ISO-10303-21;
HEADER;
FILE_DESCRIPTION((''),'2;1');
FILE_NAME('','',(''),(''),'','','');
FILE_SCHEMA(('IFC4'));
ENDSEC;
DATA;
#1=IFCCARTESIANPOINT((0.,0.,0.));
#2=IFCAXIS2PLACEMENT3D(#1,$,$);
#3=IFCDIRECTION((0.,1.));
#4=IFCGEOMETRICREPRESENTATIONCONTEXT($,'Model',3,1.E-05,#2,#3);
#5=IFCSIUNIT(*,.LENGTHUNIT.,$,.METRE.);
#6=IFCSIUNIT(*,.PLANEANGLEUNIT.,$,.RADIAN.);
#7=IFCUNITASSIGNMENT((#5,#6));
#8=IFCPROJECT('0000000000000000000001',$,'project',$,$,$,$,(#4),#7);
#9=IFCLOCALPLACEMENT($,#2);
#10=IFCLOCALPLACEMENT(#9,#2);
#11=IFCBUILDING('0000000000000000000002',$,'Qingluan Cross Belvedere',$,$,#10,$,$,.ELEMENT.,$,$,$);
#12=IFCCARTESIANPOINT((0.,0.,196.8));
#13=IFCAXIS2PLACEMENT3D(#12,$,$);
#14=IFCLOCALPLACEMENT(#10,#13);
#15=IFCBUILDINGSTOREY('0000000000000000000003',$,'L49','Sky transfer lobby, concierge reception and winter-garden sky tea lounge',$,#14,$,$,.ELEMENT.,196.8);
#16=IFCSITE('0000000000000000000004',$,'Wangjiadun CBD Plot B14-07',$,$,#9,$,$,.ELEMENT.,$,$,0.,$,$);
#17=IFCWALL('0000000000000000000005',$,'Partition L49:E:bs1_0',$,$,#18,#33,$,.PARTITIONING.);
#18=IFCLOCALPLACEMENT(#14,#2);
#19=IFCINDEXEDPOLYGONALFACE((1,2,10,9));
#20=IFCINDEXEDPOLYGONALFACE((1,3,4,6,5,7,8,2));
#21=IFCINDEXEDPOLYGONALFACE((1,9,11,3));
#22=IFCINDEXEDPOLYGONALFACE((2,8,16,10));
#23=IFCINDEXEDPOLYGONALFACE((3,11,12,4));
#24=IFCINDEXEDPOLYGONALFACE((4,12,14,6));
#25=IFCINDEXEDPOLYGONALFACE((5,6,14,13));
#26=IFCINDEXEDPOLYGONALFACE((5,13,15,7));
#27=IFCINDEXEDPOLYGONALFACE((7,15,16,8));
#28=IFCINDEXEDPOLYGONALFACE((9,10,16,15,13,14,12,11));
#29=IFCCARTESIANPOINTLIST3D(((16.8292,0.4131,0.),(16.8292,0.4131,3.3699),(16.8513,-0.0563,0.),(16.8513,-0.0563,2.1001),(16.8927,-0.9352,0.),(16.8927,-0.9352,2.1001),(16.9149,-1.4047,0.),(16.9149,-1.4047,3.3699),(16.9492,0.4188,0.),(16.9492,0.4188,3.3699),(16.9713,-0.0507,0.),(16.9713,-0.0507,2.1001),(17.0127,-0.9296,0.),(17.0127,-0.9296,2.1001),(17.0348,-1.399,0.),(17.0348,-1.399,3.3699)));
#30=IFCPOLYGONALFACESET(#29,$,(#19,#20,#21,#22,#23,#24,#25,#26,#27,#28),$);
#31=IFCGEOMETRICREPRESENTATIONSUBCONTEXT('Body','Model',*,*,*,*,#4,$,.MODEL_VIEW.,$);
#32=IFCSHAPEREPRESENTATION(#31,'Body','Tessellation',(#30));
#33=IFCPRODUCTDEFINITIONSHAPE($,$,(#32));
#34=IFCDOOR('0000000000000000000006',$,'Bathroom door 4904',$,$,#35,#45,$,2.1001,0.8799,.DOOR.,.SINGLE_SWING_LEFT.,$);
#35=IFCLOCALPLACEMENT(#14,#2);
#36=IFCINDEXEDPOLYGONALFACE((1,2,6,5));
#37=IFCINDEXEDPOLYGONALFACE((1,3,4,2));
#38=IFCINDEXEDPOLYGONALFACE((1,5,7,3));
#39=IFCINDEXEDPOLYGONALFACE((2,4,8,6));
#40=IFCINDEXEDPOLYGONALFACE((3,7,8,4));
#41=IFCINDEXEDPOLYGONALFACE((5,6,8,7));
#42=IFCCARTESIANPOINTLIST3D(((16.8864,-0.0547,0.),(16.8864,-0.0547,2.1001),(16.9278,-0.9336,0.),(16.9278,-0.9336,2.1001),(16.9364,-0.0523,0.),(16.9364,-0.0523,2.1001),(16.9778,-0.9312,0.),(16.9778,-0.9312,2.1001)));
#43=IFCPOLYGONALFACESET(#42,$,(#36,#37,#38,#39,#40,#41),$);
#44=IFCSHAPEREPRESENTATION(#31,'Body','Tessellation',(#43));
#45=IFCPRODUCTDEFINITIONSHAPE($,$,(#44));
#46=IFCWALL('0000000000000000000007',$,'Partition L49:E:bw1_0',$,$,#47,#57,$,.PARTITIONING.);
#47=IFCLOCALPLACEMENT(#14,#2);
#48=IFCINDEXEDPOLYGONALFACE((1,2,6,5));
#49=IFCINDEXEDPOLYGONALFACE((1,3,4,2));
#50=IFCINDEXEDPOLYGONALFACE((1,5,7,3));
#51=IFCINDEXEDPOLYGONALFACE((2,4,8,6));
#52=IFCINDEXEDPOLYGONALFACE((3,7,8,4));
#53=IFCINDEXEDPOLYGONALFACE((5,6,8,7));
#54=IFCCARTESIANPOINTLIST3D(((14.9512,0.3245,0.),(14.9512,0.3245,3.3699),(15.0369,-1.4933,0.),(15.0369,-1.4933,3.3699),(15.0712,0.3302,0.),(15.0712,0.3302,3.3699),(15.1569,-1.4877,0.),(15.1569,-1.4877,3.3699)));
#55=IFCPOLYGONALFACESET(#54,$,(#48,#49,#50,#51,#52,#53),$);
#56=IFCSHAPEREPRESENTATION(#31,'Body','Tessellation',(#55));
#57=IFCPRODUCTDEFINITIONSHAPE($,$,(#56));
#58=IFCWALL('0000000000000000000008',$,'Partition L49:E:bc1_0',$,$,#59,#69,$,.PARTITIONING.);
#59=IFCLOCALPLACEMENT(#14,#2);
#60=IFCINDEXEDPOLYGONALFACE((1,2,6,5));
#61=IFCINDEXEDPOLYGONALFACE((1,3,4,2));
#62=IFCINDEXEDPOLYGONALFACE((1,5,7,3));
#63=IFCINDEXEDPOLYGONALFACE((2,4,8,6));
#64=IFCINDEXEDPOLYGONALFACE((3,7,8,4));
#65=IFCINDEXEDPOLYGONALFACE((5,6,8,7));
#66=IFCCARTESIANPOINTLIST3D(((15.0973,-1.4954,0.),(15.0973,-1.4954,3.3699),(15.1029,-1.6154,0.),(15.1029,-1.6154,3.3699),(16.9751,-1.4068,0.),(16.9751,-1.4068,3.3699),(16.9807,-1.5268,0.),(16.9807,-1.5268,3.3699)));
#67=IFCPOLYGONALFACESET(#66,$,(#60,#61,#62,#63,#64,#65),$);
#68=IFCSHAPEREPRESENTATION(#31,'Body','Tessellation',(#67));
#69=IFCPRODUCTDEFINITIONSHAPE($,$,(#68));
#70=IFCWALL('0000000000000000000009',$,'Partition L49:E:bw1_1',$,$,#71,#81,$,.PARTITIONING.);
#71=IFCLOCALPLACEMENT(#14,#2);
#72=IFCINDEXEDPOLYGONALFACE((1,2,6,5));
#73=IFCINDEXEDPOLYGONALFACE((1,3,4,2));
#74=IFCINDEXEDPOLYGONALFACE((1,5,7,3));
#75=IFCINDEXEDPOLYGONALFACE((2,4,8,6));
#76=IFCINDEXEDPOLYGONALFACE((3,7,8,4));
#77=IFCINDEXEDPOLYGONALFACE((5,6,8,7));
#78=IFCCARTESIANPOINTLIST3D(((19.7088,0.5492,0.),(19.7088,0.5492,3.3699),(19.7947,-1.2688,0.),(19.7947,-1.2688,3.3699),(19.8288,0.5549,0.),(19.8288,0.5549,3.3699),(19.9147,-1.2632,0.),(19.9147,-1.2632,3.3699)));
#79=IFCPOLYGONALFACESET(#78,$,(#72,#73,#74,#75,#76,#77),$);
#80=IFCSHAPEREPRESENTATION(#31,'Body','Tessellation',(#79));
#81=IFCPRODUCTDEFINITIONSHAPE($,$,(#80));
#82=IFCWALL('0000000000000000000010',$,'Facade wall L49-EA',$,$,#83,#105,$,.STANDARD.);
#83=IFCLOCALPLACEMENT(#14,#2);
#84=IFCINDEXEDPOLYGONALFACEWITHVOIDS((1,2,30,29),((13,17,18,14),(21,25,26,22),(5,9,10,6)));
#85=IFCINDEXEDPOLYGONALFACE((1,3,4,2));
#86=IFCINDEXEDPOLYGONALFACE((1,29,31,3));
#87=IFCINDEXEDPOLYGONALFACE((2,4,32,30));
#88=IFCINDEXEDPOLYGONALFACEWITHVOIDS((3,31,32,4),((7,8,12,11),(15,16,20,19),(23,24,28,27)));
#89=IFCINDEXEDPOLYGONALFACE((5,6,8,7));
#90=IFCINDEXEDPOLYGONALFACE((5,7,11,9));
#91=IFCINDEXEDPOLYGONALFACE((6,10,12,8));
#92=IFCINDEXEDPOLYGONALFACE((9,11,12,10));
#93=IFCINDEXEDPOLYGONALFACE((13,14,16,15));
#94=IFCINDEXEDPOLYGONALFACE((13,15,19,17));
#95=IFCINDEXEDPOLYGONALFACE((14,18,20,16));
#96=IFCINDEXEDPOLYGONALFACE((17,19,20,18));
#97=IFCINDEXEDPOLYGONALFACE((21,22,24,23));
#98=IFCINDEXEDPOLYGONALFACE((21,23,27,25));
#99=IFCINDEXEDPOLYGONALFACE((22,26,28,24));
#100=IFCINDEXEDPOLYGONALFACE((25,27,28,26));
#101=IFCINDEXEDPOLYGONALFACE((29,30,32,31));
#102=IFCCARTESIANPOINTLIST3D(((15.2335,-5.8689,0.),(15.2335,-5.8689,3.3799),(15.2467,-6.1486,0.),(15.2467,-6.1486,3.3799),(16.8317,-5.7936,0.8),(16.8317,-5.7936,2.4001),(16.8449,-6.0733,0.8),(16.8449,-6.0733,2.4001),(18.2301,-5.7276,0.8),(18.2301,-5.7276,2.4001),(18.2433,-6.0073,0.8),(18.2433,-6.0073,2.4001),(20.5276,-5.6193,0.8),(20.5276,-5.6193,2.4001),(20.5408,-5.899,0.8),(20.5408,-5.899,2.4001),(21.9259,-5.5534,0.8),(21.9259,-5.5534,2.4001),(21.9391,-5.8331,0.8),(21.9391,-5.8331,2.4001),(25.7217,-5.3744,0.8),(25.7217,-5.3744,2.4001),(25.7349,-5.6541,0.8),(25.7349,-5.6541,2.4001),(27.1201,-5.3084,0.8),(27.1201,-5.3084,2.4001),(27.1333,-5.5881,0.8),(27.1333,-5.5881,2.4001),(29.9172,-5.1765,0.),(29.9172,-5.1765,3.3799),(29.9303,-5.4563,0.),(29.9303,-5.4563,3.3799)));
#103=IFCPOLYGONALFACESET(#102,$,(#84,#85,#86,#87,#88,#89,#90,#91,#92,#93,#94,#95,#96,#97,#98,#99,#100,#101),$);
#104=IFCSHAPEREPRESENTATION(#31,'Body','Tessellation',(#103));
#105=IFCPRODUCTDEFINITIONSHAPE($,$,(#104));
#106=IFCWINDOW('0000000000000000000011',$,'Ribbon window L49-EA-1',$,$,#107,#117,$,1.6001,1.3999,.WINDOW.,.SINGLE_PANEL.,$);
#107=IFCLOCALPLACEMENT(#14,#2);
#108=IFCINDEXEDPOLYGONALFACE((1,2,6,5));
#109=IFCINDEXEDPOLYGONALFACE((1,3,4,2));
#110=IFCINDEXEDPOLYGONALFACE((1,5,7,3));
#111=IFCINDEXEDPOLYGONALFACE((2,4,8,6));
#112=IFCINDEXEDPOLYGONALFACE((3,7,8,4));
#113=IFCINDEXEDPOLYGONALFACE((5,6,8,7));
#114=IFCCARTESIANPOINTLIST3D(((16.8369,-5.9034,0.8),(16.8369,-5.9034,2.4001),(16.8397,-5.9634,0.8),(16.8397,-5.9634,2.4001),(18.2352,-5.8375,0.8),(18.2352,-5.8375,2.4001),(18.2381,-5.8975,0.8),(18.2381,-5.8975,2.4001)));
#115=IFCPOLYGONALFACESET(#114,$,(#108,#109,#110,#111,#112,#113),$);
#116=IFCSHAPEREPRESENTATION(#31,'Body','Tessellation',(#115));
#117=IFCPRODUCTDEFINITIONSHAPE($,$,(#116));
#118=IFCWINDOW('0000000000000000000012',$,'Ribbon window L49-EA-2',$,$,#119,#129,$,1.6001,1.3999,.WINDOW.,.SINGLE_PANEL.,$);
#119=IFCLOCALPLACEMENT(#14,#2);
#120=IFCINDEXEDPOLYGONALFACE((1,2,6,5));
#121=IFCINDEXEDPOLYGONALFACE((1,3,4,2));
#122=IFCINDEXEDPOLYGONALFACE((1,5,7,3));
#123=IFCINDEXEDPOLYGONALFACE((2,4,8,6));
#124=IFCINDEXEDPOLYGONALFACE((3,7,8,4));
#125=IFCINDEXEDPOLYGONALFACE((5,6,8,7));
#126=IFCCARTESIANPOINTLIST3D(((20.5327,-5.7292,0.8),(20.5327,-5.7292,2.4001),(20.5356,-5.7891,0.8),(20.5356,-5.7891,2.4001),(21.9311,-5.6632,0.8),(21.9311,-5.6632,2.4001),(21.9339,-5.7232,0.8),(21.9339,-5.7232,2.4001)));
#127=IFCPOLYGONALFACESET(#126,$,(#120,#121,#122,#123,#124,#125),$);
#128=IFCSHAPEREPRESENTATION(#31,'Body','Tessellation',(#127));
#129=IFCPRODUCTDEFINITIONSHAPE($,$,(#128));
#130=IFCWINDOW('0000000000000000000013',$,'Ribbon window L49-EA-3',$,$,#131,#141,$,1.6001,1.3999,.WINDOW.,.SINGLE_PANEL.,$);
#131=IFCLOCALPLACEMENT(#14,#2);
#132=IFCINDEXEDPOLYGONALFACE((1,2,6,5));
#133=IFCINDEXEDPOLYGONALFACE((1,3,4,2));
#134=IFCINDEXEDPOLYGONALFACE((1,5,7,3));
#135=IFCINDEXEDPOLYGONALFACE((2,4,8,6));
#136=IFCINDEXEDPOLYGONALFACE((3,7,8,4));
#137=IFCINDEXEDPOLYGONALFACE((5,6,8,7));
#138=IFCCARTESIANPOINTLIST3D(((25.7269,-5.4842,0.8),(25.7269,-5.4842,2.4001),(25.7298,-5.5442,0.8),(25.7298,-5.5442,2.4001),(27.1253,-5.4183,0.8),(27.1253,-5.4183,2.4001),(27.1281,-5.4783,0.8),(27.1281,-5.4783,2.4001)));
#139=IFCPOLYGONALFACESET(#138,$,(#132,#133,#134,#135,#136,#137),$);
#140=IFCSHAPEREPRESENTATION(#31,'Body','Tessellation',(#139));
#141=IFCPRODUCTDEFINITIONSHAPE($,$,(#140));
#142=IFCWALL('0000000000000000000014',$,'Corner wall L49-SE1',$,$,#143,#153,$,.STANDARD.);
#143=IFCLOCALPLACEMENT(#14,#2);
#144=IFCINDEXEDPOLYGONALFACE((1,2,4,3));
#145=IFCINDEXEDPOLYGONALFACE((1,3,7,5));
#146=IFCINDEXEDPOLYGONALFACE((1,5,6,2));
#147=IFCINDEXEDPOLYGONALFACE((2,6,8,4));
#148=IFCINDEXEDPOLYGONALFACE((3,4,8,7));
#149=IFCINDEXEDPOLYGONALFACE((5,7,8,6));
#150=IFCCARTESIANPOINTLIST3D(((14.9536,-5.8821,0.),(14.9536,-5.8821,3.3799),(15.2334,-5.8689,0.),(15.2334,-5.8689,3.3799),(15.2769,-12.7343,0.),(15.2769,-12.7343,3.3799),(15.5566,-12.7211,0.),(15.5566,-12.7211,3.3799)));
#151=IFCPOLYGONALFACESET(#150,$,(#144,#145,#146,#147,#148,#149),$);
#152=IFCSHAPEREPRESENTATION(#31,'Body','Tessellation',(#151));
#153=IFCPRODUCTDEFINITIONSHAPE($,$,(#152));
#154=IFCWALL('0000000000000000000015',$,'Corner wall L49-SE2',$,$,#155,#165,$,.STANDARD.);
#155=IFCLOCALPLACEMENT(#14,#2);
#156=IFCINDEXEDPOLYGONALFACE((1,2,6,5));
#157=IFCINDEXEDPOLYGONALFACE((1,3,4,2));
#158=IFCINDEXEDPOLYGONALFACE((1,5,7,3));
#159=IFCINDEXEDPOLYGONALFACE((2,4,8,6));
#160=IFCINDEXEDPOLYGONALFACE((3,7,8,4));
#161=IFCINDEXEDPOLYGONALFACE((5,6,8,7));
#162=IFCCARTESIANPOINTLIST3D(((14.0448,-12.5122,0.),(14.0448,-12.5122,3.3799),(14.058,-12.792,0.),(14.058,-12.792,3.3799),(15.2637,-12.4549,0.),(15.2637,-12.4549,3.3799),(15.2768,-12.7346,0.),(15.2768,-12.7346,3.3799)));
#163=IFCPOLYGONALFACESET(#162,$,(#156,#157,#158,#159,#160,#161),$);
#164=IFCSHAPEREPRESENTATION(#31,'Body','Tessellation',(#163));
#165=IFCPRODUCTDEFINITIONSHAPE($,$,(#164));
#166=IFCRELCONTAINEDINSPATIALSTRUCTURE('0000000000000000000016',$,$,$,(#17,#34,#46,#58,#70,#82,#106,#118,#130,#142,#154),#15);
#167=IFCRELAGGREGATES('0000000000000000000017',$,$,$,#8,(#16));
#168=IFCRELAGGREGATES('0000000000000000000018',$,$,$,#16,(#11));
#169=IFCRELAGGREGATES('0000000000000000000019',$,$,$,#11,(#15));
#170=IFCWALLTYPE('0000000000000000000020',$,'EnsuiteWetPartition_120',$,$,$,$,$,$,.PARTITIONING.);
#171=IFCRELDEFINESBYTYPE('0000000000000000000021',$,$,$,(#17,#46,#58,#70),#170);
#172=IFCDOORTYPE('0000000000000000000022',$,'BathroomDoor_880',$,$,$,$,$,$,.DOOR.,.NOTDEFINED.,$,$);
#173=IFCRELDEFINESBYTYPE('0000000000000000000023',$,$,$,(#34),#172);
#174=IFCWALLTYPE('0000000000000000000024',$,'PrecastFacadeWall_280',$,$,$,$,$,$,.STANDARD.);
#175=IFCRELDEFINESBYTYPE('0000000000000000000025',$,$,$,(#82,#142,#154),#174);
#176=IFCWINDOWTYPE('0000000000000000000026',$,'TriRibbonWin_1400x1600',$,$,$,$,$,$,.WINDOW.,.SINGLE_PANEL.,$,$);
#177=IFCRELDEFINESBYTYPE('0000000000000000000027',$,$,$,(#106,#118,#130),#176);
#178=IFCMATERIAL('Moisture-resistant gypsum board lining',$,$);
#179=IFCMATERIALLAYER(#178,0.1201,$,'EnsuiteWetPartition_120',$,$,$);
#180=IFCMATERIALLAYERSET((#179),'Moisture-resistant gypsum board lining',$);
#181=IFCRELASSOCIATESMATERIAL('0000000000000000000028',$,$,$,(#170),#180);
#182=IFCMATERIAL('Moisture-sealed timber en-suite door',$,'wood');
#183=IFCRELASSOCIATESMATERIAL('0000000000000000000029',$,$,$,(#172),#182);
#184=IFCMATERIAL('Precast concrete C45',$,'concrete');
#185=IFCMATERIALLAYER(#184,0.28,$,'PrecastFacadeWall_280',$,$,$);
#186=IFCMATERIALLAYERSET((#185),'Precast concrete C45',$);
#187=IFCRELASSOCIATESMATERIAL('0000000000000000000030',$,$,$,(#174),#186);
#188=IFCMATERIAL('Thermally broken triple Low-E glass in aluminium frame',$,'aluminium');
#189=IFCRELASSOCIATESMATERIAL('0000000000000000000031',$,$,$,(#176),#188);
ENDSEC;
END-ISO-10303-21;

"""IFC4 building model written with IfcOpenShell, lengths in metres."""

from ifc_helpers import new_model, si_unit, direction, frame, frame_2d, origin, place, context, subcontext, project, spatial, rectangle, extrude, material, layer, layer_set, type_object, element, fill, save


model = new_model("IFC4")

# Units and contexts
model_context = context("Model", 3, precision=1e-05, world=origin(), true_north=direction((0.0, 1.0)))
body_context = subcontext(model_context, "Body", "Model", "MODEL_VIEW")
ifc_project = project(units=[si_unit("LENGTHUNIT", "METRE"), si_unit("PLANEANGLEUNIT", "RADIAN")], contexts=[model_context])

# Site, building, storey
site_placement = place(None, origin())
site = spatial("IfcSite", under=ifc_project, at=site_placement, Name="Wangjiadun CBD Plot B14-07", CompositionType="ELEMENT", RefElevation=0.0)
building_placement = place(site_placement, origin())
building = spatial("IfcBuilding", under=site, at=building_placement, Name="Qingluan Cross Belvedere", CompositionType="ELEMENT")
storey_placement = place(building_placement, frame((0.0, 0.0, 196.8)))
storey = spatial("IfcBuildingStorey", under=building, at=storey_placement, Name="L49", Description="Sky transfer lobby, concierge reception and winter-garden sky tea lounge", CompositionType="ELEMENT", Elevation=196.8)

# Wall, opening, door
ifc_material_1 = material(Name="Moisture-resistant gypsum board lining")
ifc_layer_1 = layer(ifc_material_1, 0.1201, Name="EnsuiteWetPartition_120")
ifc_layer_set_1 = layer_set([ifc_layer_1], Name="Moisture-resistant gypsum board lining")
wall_type_1 = type_object("IfcWallType", Name="EnsuiteWetPartition_120", PredefinedType="PARTITIONING", material=ifc_layer_set_1)
wall_1_placement = place(storey_placement, frame((16.9749, -1.4019, 0.0), z_axis=(0.0, 0.0, 1.0), x_axis=(-0.047087, 0.998891, 0.0)))
wall_1 = element("IfcWall", 1, at=wall_1_placement, inside=storey, type_object=wall_type_1, Name="Partition L49:E:bs1_0", PredefinedType="PARTITIONING", context=body_context, shape_type="SweptSolid", body=[
    extrude(rectangle(XDim=1.8198, YDim=0.1201, at=frame_2d((0.9099, 0.0))), origin(), (0.0, 0.0, 1.0), 3.3699),
])
opening_1_placement = place(wall_1_placement, frame((0.47, 0.0, 0.0)))
opening_1 = element("IfcOpeningElement", 2, at=opening_1_placement, cuts=wall_1, PredefinedType="OPENING", context=body_context, shape_type="SweptSolid", body=[
    extrude(rectangle(XDim=0.8799, YDim=2.1001, at=frame_2d((0.4399, 1.05))), frame((0.0, 0.0701, 0.0), z_axis=(0.0, -1.0, 0.0), x_axis=(1.0, 0.0, 0.0)), (0.0, 0.0, 1.0), 0.1401),
])
ifc_material_2 = material(Name="Moisture-sealed timber en-suite door", Category="wood")
door_type = type_object("IfcDoorType", Name="BathroomDoor_880", OperationType="NOTDEFINED", PredefinedType="DOOR", material=ifc_material_2)
door_placement = place(opening_1_placement, origin())
door = element("IfcDoor", 3, at=door_placement, inside=storey, type_object=door_type, Name="Bathroom door 4904", OperationType="SINGLE_SWING_LEFT", OverallHeight=2.1001, OverallWidth=0.8799, PredefinedType="DOOR", context=body_context, shape_type="SweptSolid", body=[
    extrude(rectangle(XDim=0.8799, YDim=2.1001, at=frame_2d((0.4399, 1.05))), frame((0.0, 0.0249, 0.0), z_axis=(0.0, -1.0, 0.0), x_axis=(1.0, 0.0, 0.0)), (0.0, 0.0, 1.0), 0.05),
])
fill(opening_1, door)

# Walls
wall_2_placement = place(storey_placement, frame((15.0969, -1.4905, 0.0), z_axis=(0.0, 0.0, 1.0), x_axis=(-0.047087, 0.998891, 0.0)))
element("IfcWall", 4, at=wall_2_placement, inside=storey, type_object=wall_type_1, Name="Partition L49:E:bw1_0", PredefinedType="PARTITIONING", context=body_context, shape_type="SweptSolid", body=[
    extrude(rectangle(XDim=1.8198, YDim=0.1201, at=frame_2d((0.9099, 0.0))), origin(), (0.0, 0.0, 1.0), 3.3699),
])
wall_3_placement = place(storey_placement, frame((15.1001, -1.5554, 0.0), z_axis=(0.0, 0.0, 1.0), x_axis=(0.998888, 0.047146, 0.0)))
element("IfcWall", 5, at=wall_3_placement, inside=storey, type_object=wall_type_1, Name="Partition L49:E:bc1_0", PredefinedType="PARTITIONING", context=body_context, shape_type="SweptSolid", body=[
    extrude(rectangle(XDim=1.8799, YDim=0.1201, at=frame_2d((0.9399, 0.0))), origin(), (0.0, 0.0, 1.0), 3.3699),
])
wall_4_placement = place(storey_placement, frame((19.8547, -1.2661, 0.0), z_axis=(0.0, 0.0, 1.0), x_axis=(-0.047215, 0.998885, 0.0)))
element("IfcWall", 6, at=wall_4_placement, inside=storey, type_object=wall_type_1, Name="Partition L49:E:bw1_1", PredefinedType="PARTITIONING", context=body_context, shape_type="SweptSolid", body=[
    extrude(rectangle(XDim=1.8201, YDim=0.1201, at=frame_2d((0.9102, 0.0))), origin(), (0.0, 0.0, 1.0), 3.3699),
])

# Wall, openings, windows
ifc_material_3 = material(Name="Precast concrete C45", Category="concrete")
ifc_layer_2 = layer(ifc_material_3, 0.28, Name="PrecastFacadeWall_280")
ifc_layer_set_2 = layer_set([ifc_layer_2], Name="Precast concrete C45")
wall_type_2 = type_object("IfcWallType", Name="PrecastFacadeWall_280", PredefinedType="STANDARD", material=ifc_layer_set_2)
wall_5_placement = place(storey_placement, frame((15.24, -6.0088, 0.0), z_axis=(0.0, 0.0, 1.0), x_axis=(0.99889, 0.047101, 0.0)))
wall_5 = element("IfcWall", 7, at=wall_5_placement, inside=storey, type_object=wall_type_2, Name="Facade wall L49-EA", PredefinedType="STANDARD", context=body_context, shape_type="SweptSolid", body=[
    extrude(rectangle(XDim=14.7, YDim=0.28, at=frame_2d((7.3501, 0.0))), origin(), (0.0, 0.0, 1.0), 3.3799),
])
opening_2_placement = place(wall_5_placement, frame((1.6001, 0.0, 0.8)))
opening_2 = element("IfcOpeningElement", 8, at=opening_2_placement, cuts=wall_5, PredefinedType="OPENING", context=body_context, shape_type="SweptSolid", body=[
    extrude(rectangle(XDim=1.3999, YDim=1.6001, at=frame_2d((0.7, 0.8))), frame((0.0, 0.1499, 0.0), z_axis=(0.0, -1.0, 0.0), x_axis=(1.0, 0.0, 0.0)), (0.0, 0.0, 1.0), 0.3),
])
opening_3_placement = place(wall_5_placement, frame((5.3, 0.0, 0.8)))
opening_3 = element("IfcOpeningElement", 9, at=opening_3_placement, cuts=wall_5, PredefinedType="OPENING", context=body_context, shape_type="SweptSolid", body=[
    extrude(rectangle(XDim=1.3999, YDim=1.6001, at=frame_2d((0.7, 0.8))), frame((0.0, 0.1499, 0.0), z_axis=(0.0, -1.0, 0.0), x_axis=(1.0, 0.0, 0.0)), (0.0, 0.0, 1.0), 0.3),
])
opening_4_placement = place(wall_5_placement, frame((10.5, 0.0, 0.8)))
opening_4 = element("IfcOpeningElement", 10, at=opening_4_placement, cuts=wall_5, PredefinedType="OPENING", context=body_context, shape_type="SweptSolid", body=[
    extrude(rectangle(XDim=1.3999, YDim=1.6001, at=frame_2d((0.7, 0.8))), frame((0.0, 0.1499, 0.0), z_axis=(0.0, -1.0, 0.0), x_axis=(1.0, 0.0, 0.0)), (0.0, 0.0, 1.0), 0.3),
])
ifc_material_4 = material(Name="Thermally broken triple Low-E glass in aluminium frame", Category="aluminium")
window_type = type_object("IfcWindowType", Name="TriRibbonWin_1400x1600", PartitioningType="SINGLE_PANEL", PredefinedType="WINDOW", material=ifc_material_4)
window_1_placement = place(opening_2_placement, origin())
window_1 = element("IfcWindow", 11, at=window_1_placement, inside=storey, type_object=window_type, Name="Ribbon window L49-EA-1", OverallHeight=1.6001, OverallWidth=1.3999, PartitioningType="SINGLE_PANEL", PredefinedType="WINDOW", context=body_context, shape_type="SweptSolid", body=[
    extrude(rectangle(XDim=1.3999, YDim=1.6001, at=frame_2d((0.7, 0.8))), frame((0.0, 0.03, 0.0), z_axis=(0.0, -1.0, 0.0), x_axis=(1.0, 0.0, 0.0)), (0.0, 0.0, 1.0), 0.0601),
])
fill(opening_2, window_1)
window_2_placement = place(opening_3_placement, origin())
window_2 = element("IfcWindow", 12, at=window_2_placement, inside=storey, type_object=window_type, Name="Ribbon window L49-EA-2", OverallHeight=1.6001, OverallWidth=1.3999, PartitioningType="SINGLE_PANEL", PredefinedType="WINDOW", context=body_context, shape_type="SweptSolid", body=[
    extrude(rectangle(XDim=1.3999, YDim=1.6001, at=frame_2d((0.7, 0.8))), frame((0.0, 0.03, 0.0), z_axis=(0.0, -1.0, 0.0), x_axis=(1.0, 0.0, 0.0)), (0.0, 0.0, 1.0), 0.0601),
])
fill(opening_3, window_2)
window_3_placement = place(opening_4_placement, origin())
window_3 = element("IfcWindow", 13, at=window_3_placement, inside=storey, type_object=window_type, Name="Ribbon window L49-EA-3", OverallHeight=1.6001, OverallWidth=1.3999, PartitioningType="SINGLE_PANEL", PredefinedType="WINDOW", context=body_context, shape_type="SweptSolid", body=[
    extrude(rectangle(XDim=1.3999, YDim=1.6001, at=frame_2d((0.7, 0.8))), frame((0.0, 0.03, 0.0), z_axis=(0.0, -1.0, 0.0), x_axis=(1.0, 0.0, 0.0)), (0.0, 0.0, 1.0), 0.0601),
])
fill(opening_4, window_3)

# Walls
wall_6_placement = place(storey_placement, frame((15.0935, -5.8755, 0.0), z_axis=(0.0, 0.0, 1.0), x_axis=(0.04712, -0.998889, 0.0)))
element("IfcWall", 14, at=wall_6_placement, inside=storey, type_object=wall_type_2, Name="Corner wall L49-SE1", PredefinedType="STANDARD", context=body_context, shape_type="SweptSolid", body=[
    extrude(rectangle(XDim=6.8599, YDim=0.28, at=frame_2d((3.4299, 0.0))), origin(), (0.0, 0.0, 1.0), 3.3799),
])
wall_7_placement = place(storey_placement, frame((15.2703, -12.5947, 0.0), z_axis=(0.0, 0.0, 1.0), x_axis=(-0.998894, -0.047023, 0.0)))
element("IfcWall", 15, at=wall_7_placement, inside=storey, type_object=wall_type_2, Name="Corner wall L49-SE2", PredefinedType="STANDARD", context=body_context, shape_type="SweptSolid", body=[
    extrude(rectangle(XDim=1.2202, YDim=0.28, at=frame_2d((0.6101, 0.0))), origin(), (0.0, 0.0, 1.0), 3.3799),
])

save(model, "model.ifc")
